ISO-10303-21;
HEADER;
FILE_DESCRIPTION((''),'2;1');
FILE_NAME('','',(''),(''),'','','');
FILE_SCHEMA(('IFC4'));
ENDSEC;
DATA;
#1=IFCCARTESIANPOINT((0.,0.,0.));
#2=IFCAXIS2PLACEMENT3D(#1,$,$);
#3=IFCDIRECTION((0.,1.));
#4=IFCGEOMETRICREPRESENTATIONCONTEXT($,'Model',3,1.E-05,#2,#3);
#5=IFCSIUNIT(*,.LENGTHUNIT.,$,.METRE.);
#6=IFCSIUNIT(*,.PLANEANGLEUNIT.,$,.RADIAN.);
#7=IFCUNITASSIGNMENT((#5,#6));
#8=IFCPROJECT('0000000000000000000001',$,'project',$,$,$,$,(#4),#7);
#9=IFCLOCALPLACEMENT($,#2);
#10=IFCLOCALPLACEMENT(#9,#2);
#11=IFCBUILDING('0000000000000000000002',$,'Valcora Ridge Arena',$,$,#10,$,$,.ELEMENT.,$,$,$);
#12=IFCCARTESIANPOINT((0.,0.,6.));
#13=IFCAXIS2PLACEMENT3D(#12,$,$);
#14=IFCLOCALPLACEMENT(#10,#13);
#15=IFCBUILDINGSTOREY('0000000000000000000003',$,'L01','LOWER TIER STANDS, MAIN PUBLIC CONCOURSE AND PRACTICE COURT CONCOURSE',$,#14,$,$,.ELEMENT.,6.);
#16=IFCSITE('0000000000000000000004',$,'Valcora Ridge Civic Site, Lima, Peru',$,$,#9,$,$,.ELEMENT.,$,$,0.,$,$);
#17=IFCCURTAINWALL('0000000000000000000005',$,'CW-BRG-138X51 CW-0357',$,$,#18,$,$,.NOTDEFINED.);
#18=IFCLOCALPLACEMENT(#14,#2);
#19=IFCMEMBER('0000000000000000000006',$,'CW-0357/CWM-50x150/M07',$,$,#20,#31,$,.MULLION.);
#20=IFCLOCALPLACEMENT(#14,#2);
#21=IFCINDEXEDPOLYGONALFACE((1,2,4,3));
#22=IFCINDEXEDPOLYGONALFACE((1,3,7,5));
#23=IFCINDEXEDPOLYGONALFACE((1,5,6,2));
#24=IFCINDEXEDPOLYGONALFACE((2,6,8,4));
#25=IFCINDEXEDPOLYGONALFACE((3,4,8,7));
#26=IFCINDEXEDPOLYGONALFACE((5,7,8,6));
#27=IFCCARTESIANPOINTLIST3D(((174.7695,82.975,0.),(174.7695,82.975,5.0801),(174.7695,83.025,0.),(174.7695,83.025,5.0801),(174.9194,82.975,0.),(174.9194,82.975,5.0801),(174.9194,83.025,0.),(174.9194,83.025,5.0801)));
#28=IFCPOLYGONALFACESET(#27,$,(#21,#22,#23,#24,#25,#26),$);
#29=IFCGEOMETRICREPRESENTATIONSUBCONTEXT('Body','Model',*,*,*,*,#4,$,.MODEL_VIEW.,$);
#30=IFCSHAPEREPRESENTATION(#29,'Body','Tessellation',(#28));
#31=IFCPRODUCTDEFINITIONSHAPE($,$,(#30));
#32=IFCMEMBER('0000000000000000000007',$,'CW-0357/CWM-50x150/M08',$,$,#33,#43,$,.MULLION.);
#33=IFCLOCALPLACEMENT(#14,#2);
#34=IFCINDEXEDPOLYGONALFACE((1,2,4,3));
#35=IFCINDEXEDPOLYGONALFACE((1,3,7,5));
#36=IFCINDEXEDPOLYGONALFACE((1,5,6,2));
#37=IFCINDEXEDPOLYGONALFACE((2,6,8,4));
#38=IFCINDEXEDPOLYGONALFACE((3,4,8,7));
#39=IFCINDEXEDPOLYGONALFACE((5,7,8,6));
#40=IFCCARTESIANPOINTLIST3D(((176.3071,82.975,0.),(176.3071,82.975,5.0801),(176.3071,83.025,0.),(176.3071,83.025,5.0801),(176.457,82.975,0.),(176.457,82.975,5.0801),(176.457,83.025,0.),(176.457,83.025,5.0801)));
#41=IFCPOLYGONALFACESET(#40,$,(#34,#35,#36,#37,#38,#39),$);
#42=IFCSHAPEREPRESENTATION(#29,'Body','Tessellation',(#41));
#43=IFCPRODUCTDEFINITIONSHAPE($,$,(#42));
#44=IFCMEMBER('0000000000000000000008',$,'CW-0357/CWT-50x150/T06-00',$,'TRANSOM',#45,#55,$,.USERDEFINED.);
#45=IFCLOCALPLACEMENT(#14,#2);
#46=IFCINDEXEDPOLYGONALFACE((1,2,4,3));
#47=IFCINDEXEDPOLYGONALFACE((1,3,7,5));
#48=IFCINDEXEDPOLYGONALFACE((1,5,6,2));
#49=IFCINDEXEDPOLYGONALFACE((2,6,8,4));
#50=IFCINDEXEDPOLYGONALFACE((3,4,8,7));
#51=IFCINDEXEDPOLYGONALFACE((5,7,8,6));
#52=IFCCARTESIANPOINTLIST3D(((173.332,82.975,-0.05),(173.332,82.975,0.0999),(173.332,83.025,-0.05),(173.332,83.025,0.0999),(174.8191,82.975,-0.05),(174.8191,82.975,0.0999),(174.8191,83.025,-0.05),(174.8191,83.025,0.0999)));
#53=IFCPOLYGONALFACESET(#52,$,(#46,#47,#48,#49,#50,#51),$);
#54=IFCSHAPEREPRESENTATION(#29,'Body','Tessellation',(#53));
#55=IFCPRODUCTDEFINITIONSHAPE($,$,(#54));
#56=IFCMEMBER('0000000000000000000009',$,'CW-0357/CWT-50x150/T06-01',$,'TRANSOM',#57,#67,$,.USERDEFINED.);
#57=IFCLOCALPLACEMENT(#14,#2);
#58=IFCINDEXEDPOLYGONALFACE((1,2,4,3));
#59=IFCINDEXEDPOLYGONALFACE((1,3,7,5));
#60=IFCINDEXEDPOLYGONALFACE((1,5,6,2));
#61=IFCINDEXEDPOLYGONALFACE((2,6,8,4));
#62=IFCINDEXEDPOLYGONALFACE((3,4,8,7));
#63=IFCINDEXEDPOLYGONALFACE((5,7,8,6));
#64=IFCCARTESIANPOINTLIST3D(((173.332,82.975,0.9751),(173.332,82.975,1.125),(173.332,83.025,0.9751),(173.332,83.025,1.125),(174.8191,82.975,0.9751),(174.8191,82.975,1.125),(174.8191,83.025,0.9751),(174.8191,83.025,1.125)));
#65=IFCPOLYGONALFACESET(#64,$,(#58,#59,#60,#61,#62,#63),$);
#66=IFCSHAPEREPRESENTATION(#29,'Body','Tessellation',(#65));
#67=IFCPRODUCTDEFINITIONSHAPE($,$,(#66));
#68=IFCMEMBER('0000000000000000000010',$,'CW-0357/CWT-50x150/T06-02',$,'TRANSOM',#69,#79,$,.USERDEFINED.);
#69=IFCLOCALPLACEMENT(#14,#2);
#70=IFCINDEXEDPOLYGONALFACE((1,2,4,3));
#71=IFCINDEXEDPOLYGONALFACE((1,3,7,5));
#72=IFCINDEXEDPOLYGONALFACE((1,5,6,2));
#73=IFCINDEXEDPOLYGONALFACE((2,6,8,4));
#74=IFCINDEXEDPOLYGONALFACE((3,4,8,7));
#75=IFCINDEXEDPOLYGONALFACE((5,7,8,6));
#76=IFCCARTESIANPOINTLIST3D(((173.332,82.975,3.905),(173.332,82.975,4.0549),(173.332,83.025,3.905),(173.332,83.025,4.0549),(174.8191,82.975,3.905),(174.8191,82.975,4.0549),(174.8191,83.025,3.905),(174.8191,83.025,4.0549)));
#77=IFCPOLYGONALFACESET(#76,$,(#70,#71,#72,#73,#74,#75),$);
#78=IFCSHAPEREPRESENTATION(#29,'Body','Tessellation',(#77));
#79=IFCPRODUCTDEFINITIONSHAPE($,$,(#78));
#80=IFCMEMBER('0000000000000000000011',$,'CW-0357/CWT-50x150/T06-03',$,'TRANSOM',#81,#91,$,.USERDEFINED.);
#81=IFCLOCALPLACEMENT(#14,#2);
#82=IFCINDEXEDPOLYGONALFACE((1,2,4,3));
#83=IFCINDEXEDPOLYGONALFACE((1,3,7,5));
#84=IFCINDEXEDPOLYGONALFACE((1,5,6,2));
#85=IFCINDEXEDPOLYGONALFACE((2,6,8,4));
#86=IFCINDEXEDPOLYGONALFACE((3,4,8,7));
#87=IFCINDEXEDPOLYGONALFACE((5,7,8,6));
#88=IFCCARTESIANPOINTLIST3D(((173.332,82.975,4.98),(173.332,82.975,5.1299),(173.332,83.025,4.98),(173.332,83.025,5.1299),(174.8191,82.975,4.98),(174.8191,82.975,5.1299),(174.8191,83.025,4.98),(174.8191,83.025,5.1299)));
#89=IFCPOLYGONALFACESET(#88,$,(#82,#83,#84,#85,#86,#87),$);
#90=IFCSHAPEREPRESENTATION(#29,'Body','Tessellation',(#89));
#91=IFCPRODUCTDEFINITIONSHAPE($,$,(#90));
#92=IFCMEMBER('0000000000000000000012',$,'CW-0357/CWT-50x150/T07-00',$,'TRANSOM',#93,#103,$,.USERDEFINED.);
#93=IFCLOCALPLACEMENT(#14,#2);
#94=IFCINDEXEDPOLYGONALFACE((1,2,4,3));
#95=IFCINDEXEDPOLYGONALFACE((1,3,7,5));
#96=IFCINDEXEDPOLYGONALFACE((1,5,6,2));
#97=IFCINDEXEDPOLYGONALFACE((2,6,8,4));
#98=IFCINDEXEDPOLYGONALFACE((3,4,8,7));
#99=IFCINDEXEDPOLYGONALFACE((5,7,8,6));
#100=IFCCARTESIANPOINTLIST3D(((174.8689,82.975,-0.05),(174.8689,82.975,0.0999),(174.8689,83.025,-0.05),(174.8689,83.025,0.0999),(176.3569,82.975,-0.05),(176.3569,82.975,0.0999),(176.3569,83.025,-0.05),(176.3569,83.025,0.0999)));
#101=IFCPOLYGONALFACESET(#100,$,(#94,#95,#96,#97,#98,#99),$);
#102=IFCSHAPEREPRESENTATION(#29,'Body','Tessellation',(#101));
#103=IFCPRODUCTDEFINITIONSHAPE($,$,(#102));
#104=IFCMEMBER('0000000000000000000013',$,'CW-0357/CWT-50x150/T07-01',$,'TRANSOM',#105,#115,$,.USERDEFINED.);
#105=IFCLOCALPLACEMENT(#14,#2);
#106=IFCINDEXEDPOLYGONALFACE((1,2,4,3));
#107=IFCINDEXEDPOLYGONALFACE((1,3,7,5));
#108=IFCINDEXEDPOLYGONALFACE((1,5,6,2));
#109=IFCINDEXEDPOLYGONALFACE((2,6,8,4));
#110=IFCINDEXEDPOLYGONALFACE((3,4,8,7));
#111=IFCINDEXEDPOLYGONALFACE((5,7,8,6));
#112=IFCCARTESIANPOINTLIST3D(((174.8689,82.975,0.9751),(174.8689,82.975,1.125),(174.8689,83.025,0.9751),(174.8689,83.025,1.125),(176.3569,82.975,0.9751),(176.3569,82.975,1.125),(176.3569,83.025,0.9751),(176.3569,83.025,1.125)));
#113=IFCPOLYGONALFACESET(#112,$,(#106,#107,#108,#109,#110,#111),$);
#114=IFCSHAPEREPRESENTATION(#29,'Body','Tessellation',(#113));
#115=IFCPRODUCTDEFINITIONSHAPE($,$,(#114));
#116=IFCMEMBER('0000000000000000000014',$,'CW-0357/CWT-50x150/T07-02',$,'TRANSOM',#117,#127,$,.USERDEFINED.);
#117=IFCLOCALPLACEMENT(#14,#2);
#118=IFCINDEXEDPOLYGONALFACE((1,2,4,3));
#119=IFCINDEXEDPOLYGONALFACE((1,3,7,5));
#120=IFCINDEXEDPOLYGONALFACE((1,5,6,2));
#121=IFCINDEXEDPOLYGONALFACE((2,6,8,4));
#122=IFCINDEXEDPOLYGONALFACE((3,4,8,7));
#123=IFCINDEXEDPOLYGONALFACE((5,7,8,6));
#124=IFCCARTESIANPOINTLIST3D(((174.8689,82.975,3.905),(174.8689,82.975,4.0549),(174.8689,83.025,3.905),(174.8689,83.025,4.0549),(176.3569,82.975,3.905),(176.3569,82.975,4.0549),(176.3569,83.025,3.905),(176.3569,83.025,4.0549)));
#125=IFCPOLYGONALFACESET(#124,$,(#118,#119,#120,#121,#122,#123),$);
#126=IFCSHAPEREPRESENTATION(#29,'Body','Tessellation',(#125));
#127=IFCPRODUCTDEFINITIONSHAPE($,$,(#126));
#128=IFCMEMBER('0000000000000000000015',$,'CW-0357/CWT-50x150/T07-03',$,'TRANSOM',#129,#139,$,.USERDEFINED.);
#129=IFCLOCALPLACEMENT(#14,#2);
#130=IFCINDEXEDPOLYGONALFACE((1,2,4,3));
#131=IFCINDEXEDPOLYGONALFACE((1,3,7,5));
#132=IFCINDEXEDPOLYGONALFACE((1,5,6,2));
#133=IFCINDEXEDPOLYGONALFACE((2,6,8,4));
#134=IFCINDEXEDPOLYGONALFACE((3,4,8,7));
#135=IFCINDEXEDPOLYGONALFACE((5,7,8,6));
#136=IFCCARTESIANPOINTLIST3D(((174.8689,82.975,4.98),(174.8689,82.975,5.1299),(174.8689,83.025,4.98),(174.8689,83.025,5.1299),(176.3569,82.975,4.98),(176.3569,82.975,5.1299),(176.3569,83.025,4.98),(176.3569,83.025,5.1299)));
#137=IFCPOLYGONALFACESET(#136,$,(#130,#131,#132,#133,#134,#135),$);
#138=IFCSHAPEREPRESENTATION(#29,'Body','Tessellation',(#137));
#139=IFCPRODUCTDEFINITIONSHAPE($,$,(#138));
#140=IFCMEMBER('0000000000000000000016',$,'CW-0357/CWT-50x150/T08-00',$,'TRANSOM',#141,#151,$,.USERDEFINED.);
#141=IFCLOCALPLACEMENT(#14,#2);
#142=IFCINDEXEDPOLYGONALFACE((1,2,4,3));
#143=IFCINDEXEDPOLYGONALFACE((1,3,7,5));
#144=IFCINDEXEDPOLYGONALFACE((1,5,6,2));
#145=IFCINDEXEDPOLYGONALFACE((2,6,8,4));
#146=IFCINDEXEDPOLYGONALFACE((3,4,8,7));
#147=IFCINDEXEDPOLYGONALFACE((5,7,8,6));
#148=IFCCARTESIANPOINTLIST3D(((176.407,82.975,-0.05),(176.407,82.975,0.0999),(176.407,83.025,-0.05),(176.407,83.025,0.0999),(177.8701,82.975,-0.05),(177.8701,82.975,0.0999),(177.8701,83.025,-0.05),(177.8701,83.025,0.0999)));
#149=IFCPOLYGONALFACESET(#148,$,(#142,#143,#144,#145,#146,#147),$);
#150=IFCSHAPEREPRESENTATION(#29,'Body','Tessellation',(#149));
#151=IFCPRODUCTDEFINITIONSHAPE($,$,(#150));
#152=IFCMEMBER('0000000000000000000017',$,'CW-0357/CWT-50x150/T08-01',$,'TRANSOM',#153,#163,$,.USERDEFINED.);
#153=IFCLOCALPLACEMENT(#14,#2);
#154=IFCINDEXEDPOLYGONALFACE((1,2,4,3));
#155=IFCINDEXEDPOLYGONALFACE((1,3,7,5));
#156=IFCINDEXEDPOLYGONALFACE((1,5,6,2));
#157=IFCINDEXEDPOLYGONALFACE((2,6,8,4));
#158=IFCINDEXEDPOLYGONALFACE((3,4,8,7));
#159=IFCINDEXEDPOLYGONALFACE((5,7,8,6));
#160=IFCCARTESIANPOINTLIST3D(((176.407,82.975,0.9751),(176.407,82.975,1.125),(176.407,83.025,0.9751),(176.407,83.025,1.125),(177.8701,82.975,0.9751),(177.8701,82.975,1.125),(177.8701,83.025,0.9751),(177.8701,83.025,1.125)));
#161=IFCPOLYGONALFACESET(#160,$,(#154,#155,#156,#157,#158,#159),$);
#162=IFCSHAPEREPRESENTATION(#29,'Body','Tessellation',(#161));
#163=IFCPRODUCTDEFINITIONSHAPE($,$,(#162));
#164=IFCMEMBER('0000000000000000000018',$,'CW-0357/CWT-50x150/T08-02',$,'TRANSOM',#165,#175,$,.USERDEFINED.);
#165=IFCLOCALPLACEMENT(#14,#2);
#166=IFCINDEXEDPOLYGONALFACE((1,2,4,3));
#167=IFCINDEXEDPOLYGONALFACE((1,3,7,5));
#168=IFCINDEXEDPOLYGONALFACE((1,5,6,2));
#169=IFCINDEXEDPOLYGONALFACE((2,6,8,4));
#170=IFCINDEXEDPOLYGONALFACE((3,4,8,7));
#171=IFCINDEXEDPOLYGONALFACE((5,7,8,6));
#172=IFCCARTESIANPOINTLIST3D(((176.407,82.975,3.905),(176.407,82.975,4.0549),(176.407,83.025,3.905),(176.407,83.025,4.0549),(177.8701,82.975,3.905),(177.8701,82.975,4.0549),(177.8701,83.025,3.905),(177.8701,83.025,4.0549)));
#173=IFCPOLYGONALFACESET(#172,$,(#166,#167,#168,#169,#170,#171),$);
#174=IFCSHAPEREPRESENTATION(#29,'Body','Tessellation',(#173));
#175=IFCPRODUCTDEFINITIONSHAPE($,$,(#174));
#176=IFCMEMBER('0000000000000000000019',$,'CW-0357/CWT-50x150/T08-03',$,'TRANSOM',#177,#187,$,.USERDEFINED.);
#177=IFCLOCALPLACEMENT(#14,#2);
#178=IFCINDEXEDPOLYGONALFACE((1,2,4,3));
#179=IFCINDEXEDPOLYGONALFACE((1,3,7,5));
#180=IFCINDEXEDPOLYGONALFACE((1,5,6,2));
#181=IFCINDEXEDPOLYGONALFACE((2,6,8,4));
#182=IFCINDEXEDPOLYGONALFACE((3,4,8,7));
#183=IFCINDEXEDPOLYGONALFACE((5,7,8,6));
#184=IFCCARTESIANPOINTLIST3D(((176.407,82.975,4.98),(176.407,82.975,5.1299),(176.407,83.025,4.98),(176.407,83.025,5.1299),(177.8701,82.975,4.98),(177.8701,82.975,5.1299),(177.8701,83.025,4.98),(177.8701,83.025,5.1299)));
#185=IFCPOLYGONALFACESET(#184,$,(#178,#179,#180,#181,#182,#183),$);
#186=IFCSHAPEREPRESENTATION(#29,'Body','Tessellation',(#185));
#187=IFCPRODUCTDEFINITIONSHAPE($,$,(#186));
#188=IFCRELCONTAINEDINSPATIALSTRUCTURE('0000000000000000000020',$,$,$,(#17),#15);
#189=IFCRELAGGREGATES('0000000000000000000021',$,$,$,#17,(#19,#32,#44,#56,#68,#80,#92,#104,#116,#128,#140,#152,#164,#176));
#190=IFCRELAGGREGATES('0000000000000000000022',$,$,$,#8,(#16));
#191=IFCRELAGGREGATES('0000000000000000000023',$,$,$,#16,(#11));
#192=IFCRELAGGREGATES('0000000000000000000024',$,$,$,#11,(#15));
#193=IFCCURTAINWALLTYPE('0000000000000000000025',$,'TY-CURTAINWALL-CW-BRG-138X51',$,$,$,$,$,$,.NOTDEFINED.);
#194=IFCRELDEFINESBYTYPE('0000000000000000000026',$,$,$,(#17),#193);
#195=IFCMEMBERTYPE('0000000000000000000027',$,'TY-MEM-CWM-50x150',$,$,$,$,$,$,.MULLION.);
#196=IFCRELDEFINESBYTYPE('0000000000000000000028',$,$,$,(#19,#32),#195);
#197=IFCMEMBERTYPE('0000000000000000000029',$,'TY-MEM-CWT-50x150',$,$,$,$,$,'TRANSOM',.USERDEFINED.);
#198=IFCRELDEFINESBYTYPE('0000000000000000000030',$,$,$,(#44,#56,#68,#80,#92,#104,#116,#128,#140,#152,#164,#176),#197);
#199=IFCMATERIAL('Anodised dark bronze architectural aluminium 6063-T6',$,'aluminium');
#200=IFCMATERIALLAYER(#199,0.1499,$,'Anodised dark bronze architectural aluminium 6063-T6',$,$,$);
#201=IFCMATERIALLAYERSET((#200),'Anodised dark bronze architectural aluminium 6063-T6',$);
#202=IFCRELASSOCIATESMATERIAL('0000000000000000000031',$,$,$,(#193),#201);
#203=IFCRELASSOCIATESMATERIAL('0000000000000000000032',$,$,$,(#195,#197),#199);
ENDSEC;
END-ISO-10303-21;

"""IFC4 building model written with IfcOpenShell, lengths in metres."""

from ifc_helpers import new_model, si_unit, direction, frame, origin, origin_2d, place, context, subcontext, project, spatial, rectangle, extrude, material, layer, layer_set, material_profile, profile_set, type_object, element, aggregate, save


model = new_model("IFC4")

# Units and contexts
model_context = context("Model", 3, precision=1e-05, world=origin(), true_north=direction((0.0, 1.0)))
body_context = subcontext(model_context, "Body", "Model", "MODEL_VIEW")
ifc_project = project(units=[si_unit("LENGTHUNIT", "METRE"), si_unit("PLANEANGLEUNIT", "RADIAN")], contexts=[model_context])

# Site, building, storey
site_placement = place(None, origin())
site = spatial("IfcSite", under=ifc_project, at=site_placement, Name="Valcora Ridge Civic Site, Lima, Peru", CompositionType="ELEMENT", RefElevation=0.0)
building_placement = place(site_placement, origin())
building = spatial("IfcBuilding", under=site, at=building_placement, Name="Valcora Ridge Arena", CompositionType="ELEMENT")
storey_placement = place(building_placement, frame((0.0, 0.0, 6.0)))
storey = spatial("IfcBuildingStorey", under=building, at=storey_placement, Name="L01", Description="LOWER TIER STANDS, MAIN PUBLIC CONCOURSE AND PRACTICE COURT CONCOURSE", CompositionType="ELEMENT", Elevation=6.0)

# Curtain wall, members
ifc_material_1 = material(Name="Anodised dark bronze architectural aluminium 6063-T6", Category="aluminium")
ifc_layer_1 = layer(ifc_material_1, 0.1499, Name="Anodised dark bronze architectural aluminium 6063-T6")
ifc_layer_set_1 = layer_set([ifc_layer_1], Name="Anodised dark bronze architectural aluminium 6063-T6")
curtain_wall_type = type_object("IfcCurtainWallType", Name="TY-CURTAINWALL-CW-BRG-138X51", PredefinedType="NOTDEFINED", material=ifc_layer_set_1)
curtain_wall_placement = place(storey_placement, origin())
curtain_wall = element("IfcCurtainWall", 1, at=curtain_wall_placement, inside=storey, type_object=curtain_wall_type, Name="CW-BRG-138X51 CW-0357", PredefinedType="NOTDEFINED")
ifc_material_profile_1 = material_profile(ifc_material_1, rectangle(XDim=0.05, YDim=0.1499, at=origin_2d()), Name="ALU MULLION 50x150")
ifc_profile_set_1 = profile_set([ifc_material_profile_1], Name="Anodised dark bronze architectural aluminium 6063-T6")
member_type_1 = type_object("IfcMemberType", Name="TY-MEM-CWM-50x150", PredefinedType="MULLION", material=ifc_profile_set_1)
member_1_placement = place(storey_placement, frame((174.8445, 83.0, 0.0), z_axis=(0.0, 0.0, 1.0), x_axis=(0.0, 1.0, 0.0)))
member_1 = element("IfcMember", 2, at=member_1_placement, type_object=member_type_1, Name="CW-0357/CWM-50x150/M07", PredefinedType="MULLION", context=body_context, shape_type="SweptSolid", body=[
    extrude(rectangle(XDim=0.05, YDim=0.1499, at=origin_2d()), origin(), (0.0, 0.0, 1.0), 5.0801),
])
member_2_placement = place(storey_placement, frame((176.3821, 83.0, 0.0), z_axis=(0.0, 0.0, 1.0), x_axis=(0.0, 1.0, 0.0)))
member_2 = element("IfcMember", 3, at=member_2_placement, type_object=member_type_1, Name="CW-0357/CWM-50x150/M08", PredefinedType="MULLION", context=body_context, shape_type="SweptSolid", body=[
    extrude(rectangle(XDim=0.05, YDim=0.1499, at=origin_2d()), origin(), (0.0, 0.0, 1.0), 5.0801),
])
ifc_material_profile_2 = material_profile(ifc_material_1, rectangle(XDim=0.05, YDim=0.1499, at=origin_2d()), Name="ALU TRANSOM 50x150")
ifc_profile_set_2 = profile_set([ifc_material_profile_2], Name="Anodised dark bronze architectural aluminium 6063-T6")
member_type_2 = type_object("IfcMemberType", Name="TY-MEM-CWT-50x150", ElementType="TRANSOM", PredefinedType="USERDEFINED", material=ifc_profile_set_2)
member_3_placement = place(storey_placement, frame((173.332, 83.0, 0.0249), z_axis=(1.0, 0.0, 0.0), x_axis=(0.0, 1.0, 0.0)))
member_3 = element("IfcMember", 4, at=member_3_placement, type_object=member_type_2, Name="CW-0357/CWT-50x150/T06-00", ObjectType="TRANSOM", PredefinedType="USERDEFINED", context=body_context, shape_type="SweptSolid", body=[
    extrude(rectangle(XDim=0.05, YDim=0.1499, at=origin_2d()), origin(), (0.0, 0.0, 1.0), 1.4871),
])
member_4_placement = place(storey_placement, frame((173.332, 83.0, 1.05), z_axis=(1.0, 0.0, 0.0), x_axis=(0.0, 1.0, 0.0)))
member_4 = element("IfcMember", 5, at=member_4_placement, type_object=member_type_2, Name="CW-0357/CWT-50x150/T06-01", ObjectType="TRANSOM", PredefinedType="USERDEFINED", context=body_context, shape_type="SweptSolid", body=[
    extrude(rectangle(XDim=0.05, YDim=0.1499, at=origin_2d()), origin(), (0.0, 0.0, 1.0), 1.4871),
])
member_5_placement = place(storey_placement, frame((173.332, 83.0, 3.98), z_axis=(1.0, 0.0, 0.0), x_axis=(0.0, 1.0, 0.0)))
member_5 = element("IfcMember", 6, at=member_5_placement, type_object=member_type_2, Name="CW-0357/CWT-50x150/T06-02", ObjectType="TRANSOM", PredefinedType="USERDEFINED", context=body_context, shape_type="SweptSolid", body=[
    extrude(rectangle(XDim=0.05, YDim=0.1499, at=origin_2d()), origin(), (0.0, 0.0, 1.0), 1.4871),
])
member_6_placement = place(storey_placement, frame((173.332, 83.0, 5.0549), z_axis=(1.0, 0.0, 0.0), x_axis=(0.0, 1.0, 0.0)))
member_6 = element("IfcMember", 7, at=member_6_placement, type_object=member_type_2, Name="CW-0357/CWT-50x150/T06-03", ObjectType="TRANSOM", PredefinedType="USERDEFINED", context=body_context, shape_type="SweptSolid", body=[
    extrude(rectangle(XDim=0.05, YDim=0.1499, at=origin_2d()), origin(), (0.0, 0.0, 1.0), 1.4871),
])
member_7_placement = place(storey_placement, frame((174.8689, 83.0, 0.0249), z_axis=(1.0, 0.0, 0.0), x_axis=(0.0, 1.0, 0.0)))
member_7 = element("IfcMember", 8, at=member_7_placement, type_object=member_type_2, Name="CW-0357/CWT-50x150/T07-00", ObjectType="TRANSOM", PredefinedType="USERDEFINED", context=body_context, shape_type="SweptSolid", body=[
    extrude(rectangle(XDim=0.05, YDim=0.1499, at=origin_2d()), origin(), (0.0, 0.0, 1.0), 1.488),
])
member_8_placement = place(storey_placement, frame((174.8689, 83.0, 1.05), z_axis=(1.0, 0.0, 0.0), x_axis=(0.0, 1.0, 0.0)))
member_8 = element("IfcMember", 9, at=member_8_placement, type_object=member_type_2, Name="CW-0357/CWT-50x150/T07-01", ObjectType="TRANSOM", PredefinedType="USERDEFINED", context=body_context, shape_type="SweptSolid", body=[
    extrude(rectangle(XDim=0.05, YDim=0.1499, at=origin_2d()), origin(), (0.0, 0.0, 1.0), 1.488),
])
member_9_placement = place(storey_placement, frame((174.8689, 83.0, 3.98), z_axis=(1.0, 0.0, 0.0), x_axis=(0.0, 1.0, 0.0)))
member_9 = element("IfcMember", 10, at=member_9_placement, type_object=member_type_2, Name="CW-0357/CWT-50x150/T07-02", ObjectType="TRANSOM", PredefinedType="USERDEFINED", context=body_context, shape_type="SweptSolid", body=[
    extrude(rectangle(XDim=0.05, YDim=0.1499, at=origin_2d()), origin(), (0.0, 0.0, 1.0), 1.488),
])
member_10_placement = place(storey_placement, frame((174.8689, 83.0, 5.0549), z_axis=(1.0, 0.0, 0.0), x_axis=(0.0, 1.0, 0.0)))
member_10 = element("IfcMember", 11, at=member_10_placement, type_object=member_type_2, Name="CW-0357/CWT-50x150/T07-03", ObjectType="TRANSOM", PredefinedType="USERDEFINED", context=body_context, shape_type="SweptSolid", body=[
    extrude(rectangle(XDim=0.05, YDim=0.1499, at=origin_2d()), origin(), (0.0, 0.0, 1.0), 1.488),
])
member_11_placement = place(storey_placement, frame((176.407, 83.0, 0.0249), z_axis=(1.0, 0.0, 0.0), x_axis=(0.0, 1.0, 0.0)))
member_11 = element("IfcMember", 12, at=member_11_placement, type_object=member_type_2, Name="CW-0357/CWT-50x150/T08-00", ObjectType="TRANSOM", PredefinedType="USERDEFINED", context=body_context, shape_type="SweptSolid", body=[
    extrude(rectangle(XDim=0.05, YDim=0.1499, at=origin_2d()), origin(), (0.0, 0.0, 1.0), 1.4631),
])
member_12_placement = place(storey_placement, frame((176.407, 83.0, 1.05), z_axis=(1.0, 0.0, 0.0), x_axis=(0.0, 1.0, 0.0)))
member_12 = element("IfcMember", 13, at=member_12_placement, type_object=member_type_2, Name="CW-0357/CWT-50x150/T08-01", ObjectType="TRANSOM", PredefinedType="USERDEFINED", context=body_context, shape_type="SweptSolid", body=[
    extrude(rectangle(XDim=0.05, YDim=0.1499, at=origin_2d()), origin(), (0.0, 0.0, 1.0), 1.4631),
])
member_13_placement = place(storey_placement, frame((176.407, 83.0, 3.98), z_axis=(1.0, 0.0, 0.0), x_axis=(0.0, 1.0, 0.0)))
member_13 = element("IfcMember", 14, at=member_13_placement, type_object=member_type_2, Name="CW-0357/CWT-50x150/T08-02", ObjectType="TRANSOM", PredefinedType="USERDEFINED", context=body_context, shape_type="SweptSolid", body=[
    extrude(rectangle(XDim=0.05, YDim=0.1499, at=origin_2d()), origin(), (0.0, 0.0, 1.0), 1.4631),
])
member_14_placement = place(storey_placement, frame((176.407, 83.0, 5.0549), z_axis=(1.0, 0.0, 0.0), x_axis=(0.0, 1.0, 0.0)))
member_14 = element("IfcMember", 15, at=member_14_placement, type_object=member_type_2, Name="CW-0357/CWT-50x150/T08-03", ObjectType="TRANSOM", PredefinedType="USERDEFINED", context=body_context, shape_type="SweptSolid", body=[
    extrude(rectangle(XDim=0.05, YDim=0.1499, at=origin_2d()), origin(), (0.0, 0.0, 1.0), 1.4631),
])
aggregate(curtain_wall, [member_1, member_2, member_3, member_4, member_5, member_6, member_7, member_8, member_9, member_10, member_11, member_12, member_13, member_14])

save(model, "model.ifc")
